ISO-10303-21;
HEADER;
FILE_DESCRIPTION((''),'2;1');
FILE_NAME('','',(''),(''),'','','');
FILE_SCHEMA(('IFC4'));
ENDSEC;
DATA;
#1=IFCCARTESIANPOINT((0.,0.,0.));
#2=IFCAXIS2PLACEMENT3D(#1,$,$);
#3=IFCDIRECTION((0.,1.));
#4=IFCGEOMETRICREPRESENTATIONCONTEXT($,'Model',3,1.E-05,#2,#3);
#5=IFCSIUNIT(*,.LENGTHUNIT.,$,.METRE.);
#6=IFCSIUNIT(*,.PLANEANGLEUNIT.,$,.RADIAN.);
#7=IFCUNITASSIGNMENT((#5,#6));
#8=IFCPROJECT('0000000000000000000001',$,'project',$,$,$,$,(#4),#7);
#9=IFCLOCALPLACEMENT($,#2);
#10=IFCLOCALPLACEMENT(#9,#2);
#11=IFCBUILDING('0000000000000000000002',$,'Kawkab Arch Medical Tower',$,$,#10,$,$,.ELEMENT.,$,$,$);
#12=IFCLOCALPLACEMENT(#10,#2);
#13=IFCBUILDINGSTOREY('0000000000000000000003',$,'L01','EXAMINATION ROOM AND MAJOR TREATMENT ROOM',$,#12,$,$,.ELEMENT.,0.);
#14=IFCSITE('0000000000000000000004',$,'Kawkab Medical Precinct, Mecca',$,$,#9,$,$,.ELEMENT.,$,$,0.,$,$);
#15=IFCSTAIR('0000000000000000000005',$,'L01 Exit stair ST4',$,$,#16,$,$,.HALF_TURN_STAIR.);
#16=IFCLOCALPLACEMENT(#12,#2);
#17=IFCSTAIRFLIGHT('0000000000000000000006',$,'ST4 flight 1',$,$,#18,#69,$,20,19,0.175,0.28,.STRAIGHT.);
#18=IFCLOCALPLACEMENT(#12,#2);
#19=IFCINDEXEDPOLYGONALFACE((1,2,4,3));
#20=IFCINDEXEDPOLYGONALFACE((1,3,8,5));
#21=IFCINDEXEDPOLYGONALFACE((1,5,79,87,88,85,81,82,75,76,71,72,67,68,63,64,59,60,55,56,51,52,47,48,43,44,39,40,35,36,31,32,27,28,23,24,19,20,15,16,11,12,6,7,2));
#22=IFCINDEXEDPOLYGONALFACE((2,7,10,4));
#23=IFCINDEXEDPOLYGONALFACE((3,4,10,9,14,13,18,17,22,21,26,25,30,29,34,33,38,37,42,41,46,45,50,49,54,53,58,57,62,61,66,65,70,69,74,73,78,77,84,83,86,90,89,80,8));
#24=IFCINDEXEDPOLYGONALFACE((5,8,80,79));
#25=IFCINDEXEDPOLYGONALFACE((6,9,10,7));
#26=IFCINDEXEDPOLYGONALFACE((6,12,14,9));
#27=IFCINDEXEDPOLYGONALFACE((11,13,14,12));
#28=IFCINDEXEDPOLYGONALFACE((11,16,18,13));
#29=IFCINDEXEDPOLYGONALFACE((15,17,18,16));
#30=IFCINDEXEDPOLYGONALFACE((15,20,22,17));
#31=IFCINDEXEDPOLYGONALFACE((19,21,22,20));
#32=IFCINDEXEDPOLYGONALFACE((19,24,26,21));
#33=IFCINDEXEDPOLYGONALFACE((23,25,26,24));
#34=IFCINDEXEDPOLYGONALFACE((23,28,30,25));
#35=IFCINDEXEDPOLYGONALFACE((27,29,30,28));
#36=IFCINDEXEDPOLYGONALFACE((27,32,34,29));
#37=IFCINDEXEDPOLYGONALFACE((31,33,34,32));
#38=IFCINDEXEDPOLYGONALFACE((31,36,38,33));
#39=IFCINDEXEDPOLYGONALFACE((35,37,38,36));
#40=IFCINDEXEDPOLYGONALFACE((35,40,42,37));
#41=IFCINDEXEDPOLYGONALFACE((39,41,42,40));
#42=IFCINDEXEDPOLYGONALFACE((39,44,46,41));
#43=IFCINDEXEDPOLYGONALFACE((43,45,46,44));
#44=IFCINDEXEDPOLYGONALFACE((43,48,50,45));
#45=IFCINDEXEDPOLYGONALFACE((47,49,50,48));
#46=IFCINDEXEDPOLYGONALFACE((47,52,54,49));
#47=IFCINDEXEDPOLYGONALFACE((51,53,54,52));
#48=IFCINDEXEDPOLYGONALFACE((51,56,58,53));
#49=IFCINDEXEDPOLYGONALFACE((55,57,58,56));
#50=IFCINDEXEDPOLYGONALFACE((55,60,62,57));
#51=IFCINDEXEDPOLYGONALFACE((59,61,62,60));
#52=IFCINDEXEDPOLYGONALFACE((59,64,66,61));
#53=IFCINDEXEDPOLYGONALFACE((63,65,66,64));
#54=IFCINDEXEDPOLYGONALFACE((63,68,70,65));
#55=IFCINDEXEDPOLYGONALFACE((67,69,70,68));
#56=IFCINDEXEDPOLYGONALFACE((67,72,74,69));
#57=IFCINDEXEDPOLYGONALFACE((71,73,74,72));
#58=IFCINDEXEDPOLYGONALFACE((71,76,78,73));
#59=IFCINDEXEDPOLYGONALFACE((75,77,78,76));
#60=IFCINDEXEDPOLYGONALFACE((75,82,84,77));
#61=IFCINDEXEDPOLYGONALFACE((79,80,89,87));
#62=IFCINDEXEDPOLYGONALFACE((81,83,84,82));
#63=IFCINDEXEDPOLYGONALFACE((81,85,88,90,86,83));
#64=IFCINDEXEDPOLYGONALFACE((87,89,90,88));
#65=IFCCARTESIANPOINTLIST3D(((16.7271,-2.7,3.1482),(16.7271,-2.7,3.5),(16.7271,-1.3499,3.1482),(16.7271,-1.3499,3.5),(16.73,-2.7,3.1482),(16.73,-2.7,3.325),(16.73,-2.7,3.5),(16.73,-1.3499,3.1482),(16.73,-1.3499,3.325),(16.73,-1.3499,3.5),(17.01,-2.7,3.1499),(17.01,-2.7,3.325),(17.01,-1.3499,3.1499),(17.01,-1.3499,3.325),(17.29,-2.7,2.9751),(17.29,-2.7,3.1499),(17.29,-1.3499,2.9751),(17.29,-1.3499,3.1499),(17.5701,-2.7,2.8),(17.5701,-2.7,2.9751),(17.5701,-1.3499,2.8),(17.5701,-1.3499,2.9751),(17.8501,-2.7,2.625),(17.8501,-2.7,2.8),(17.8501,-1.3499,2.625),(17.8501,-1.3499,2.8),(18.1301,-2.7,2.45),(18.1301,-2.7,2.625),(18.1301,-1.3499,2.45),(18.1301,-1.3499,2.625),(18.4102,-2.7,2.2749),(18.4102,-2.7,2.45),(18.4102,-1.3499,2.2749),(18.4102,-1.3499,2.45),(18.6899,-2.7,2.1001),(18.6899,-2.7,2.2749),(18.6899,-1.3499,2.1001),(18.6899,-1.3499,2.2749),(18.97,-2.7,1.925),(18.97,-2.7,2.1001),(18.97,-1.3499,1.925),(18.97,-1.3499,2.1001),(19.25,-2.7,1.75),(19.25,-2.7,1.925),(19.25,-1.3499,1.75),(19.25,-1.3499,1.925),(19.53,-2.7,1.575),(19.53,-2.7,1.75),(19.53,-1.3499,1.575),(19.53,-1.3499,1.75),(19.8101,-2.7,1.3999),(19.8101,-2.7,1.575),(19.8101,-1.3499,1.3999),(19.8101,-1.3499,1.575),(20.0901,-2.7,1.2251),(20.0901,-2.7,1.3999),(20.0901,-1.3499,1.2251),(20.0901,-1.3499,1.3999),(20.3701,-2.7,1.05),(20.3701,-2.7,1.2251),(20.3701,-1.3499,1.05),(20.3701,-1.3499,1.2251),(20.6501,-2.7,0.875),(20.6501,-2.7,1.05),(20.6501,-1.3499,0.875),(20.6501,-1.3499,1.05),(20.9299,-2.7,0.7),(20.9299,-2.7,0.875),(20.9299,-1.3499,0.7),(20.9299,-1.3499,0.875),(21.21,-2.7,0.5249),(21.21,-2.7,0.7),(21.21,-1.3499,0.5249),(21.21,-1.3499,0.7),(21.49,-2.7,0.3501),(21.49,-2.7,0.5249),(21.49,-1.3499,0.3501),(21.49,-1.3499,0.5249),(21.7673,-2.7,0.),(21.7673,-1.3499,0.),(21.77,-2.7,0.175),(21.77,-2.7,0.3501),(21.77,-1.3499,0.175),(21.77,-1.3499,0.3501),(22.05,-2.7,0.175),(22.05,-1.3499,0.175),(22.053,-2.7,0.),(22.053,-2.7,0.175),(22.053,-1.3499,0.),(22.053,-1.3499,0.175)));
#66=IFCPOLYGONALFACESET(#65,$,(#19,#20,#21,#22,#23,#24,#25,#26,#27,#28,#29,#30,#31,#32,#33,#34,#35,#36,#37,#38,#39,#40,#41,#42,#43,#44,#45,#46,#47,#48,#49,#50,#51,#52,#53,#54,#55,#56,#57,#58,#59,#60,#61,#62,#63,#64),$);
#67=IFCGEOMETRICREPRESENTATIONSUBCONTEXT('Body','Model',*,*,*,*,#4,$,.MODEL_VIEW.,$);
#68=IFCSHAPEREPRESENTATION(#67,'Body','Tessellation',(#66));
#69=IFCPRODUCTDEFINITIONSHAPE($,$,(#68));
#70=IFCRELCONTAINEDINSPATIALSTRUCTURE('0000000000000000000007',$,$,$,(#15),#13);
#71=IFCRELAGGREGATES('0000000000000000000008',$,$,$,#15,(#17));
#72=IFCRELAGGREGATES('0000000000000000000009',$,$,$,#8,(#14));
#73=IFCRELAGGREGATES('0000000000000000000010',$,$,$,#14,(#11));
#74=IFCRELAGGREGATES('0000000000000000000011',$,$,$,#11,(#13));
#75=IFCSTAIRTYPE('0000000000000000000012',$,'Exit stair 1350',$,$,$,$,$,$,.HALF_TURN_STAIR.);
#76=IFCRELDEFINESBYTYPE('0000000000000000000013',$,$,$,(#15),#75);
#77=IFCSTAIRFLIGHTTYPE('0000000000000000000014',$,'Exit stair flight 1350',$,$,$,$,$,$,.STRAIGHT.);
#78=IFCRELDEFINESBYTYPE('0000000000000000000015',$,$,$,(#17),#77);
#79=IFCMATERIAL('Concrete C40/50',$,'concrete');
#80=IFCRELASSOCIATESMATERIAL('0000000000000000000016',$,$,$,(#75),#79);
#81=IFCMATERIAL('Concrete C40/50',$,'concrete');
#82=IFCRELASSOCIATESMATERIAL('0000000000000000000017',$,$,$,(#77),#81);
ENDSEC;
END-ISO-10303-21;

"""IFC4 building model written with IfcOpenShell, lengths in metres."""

from ifc_helpers import new_model, si_unit, direction, frame, origin, place, context, subcontext, project, spatial, polyline, outline, extrude, material, type_object, element, aggregate, save


model = new_model("IFC4")

# Units and contexts
model_context = context("Model", 3, precision=1e-05, world=origin(), true_north=direction((0.0, 1.0)))
body_context = subcontext(model_context, "Body", "Model", "MODEL_VIEW")
ifc_project = project(units=[si_unit("LENGTHUNIT", "METRE"), si_unit("PLANEANGLEUNIT", "RADIAN")], contexts=[model_context])

# Site, building, storey
site_placement = place(None, origin())
site = spatial("IfcSite", under=ifc_project, at=site_placement, Name="Kawkab Medical Precinct, Mecca", CompositionType="ELEMENT", RefElevation=0.0)
building_placement = place(site_placement, origin())
building = spatial("IfcBuilding", under=site, at=building_placement, Name="Kawkab Arch Medical Tower", CompositionType="ELEMENT")
storey_placement = place(building_placement, origin())
storey = spatial("IfcBuildingStorey", under=building, at=storey_placement, Name="L01", Description="EXAMINATION ROOM AND MAJOR TREATMENT ROOM", CompositionType="ELEMENT", Elevation=0.0)

# Stair, stair flight
ifc_material_1 = material(Name="Concrete C40/50", Category="concrete")
stair_type = type_object("IfcStairType", Name="Exit stair 1350", PredefinedType="HALF_TURN_STAIR", material=ifc_material_1)
stair_placement = place(storey_placement, origin())
stair = element("IfcStair", 1, at=stair_placement, inside=storey, type_object=stair_type, Name="L01 Exit stair ST4", PredefinedType="HALF_TURN_STAIR")
ifc_material_2 = material(Name="Concrete C40/50", Category="concrete")
stair_flight_type = type_object("IfcStairFlightType", Name="Exit stair flight 1350", PredefinedType="STRAIGHT", material=ifc_material_2)
stair_flight_placement = place(storey_placement, frame((22.05, -2.0249, 0.0), z_axis=(0.0, 0.0, 1.0), x_axis=(-1.0, 0.0, 0.0)))
stair_flight = element("IfcStairFlight", 2, at=stair_flight_placement, type_object=stair_flight_type, Name="ST4 flight 1", NumberOfRisers=20, NumberOfTreads=19, PredefinedType="STRAIGHT", RiserHeight=0.175, TreadLength=0.28, context=body_context, shape_type="SweptSolid", body=[
    extrude(outline(polyline([(-0.0029, 0.0), (-0.0029, 0.175), (0.0, 0.175), (0.28, 0.175), (0.28, 0.3501), (0.5601, 0.3501), (0.5601, 0.5249), (0.8401, 0.5249), (0.8401, 0.7), (1.1201, 0.7), (1.1201, 0.875), (1.3999, 0.875), (1.3999, 1.05), (1.6799, 1.05), (1.6799, 1.2251), (1.96, 1.2251), (1.96, 1.3999), (2.24, 1.3999), (2.24, 1.575), (2.52, 1.575), (2.52, 1.75), (2.8, 1.75), (2.8, 1.925), (3.0801, 1.925), (3.0801, 2.1001), (3.3601, 2.1001), (3.3601, 2.2749), (3.6399, 2.2749), (3.6399, 2.45), (3.9199, 2.45), (3.9199, 2.625), (4.2, 2.625), (4.2, 2.8), (4.48, 2.8), (4.48, 2.9751), (4.76, 2.9751), (4.76, 3.1499), (5.04, 3.1499), (5.04, 3.325), (5.3201, 3.325), (5.3201, 3.5), (5.323, 3.5), (5.323, 3.1482), (5.3201, 3.1482), (0.2827, 0.0), (-0.0029, 0.0)])), frame((0.0, 0.675, 0.0), z_axis=(0.0, -1.0, 0.0), x_axis=(1.0, 0.0, 0.0)), (0.0, 0.0, 1.0), 1.3501),
])
aggregate(stair, [stair_flight])

save(model, "model.ifc")
